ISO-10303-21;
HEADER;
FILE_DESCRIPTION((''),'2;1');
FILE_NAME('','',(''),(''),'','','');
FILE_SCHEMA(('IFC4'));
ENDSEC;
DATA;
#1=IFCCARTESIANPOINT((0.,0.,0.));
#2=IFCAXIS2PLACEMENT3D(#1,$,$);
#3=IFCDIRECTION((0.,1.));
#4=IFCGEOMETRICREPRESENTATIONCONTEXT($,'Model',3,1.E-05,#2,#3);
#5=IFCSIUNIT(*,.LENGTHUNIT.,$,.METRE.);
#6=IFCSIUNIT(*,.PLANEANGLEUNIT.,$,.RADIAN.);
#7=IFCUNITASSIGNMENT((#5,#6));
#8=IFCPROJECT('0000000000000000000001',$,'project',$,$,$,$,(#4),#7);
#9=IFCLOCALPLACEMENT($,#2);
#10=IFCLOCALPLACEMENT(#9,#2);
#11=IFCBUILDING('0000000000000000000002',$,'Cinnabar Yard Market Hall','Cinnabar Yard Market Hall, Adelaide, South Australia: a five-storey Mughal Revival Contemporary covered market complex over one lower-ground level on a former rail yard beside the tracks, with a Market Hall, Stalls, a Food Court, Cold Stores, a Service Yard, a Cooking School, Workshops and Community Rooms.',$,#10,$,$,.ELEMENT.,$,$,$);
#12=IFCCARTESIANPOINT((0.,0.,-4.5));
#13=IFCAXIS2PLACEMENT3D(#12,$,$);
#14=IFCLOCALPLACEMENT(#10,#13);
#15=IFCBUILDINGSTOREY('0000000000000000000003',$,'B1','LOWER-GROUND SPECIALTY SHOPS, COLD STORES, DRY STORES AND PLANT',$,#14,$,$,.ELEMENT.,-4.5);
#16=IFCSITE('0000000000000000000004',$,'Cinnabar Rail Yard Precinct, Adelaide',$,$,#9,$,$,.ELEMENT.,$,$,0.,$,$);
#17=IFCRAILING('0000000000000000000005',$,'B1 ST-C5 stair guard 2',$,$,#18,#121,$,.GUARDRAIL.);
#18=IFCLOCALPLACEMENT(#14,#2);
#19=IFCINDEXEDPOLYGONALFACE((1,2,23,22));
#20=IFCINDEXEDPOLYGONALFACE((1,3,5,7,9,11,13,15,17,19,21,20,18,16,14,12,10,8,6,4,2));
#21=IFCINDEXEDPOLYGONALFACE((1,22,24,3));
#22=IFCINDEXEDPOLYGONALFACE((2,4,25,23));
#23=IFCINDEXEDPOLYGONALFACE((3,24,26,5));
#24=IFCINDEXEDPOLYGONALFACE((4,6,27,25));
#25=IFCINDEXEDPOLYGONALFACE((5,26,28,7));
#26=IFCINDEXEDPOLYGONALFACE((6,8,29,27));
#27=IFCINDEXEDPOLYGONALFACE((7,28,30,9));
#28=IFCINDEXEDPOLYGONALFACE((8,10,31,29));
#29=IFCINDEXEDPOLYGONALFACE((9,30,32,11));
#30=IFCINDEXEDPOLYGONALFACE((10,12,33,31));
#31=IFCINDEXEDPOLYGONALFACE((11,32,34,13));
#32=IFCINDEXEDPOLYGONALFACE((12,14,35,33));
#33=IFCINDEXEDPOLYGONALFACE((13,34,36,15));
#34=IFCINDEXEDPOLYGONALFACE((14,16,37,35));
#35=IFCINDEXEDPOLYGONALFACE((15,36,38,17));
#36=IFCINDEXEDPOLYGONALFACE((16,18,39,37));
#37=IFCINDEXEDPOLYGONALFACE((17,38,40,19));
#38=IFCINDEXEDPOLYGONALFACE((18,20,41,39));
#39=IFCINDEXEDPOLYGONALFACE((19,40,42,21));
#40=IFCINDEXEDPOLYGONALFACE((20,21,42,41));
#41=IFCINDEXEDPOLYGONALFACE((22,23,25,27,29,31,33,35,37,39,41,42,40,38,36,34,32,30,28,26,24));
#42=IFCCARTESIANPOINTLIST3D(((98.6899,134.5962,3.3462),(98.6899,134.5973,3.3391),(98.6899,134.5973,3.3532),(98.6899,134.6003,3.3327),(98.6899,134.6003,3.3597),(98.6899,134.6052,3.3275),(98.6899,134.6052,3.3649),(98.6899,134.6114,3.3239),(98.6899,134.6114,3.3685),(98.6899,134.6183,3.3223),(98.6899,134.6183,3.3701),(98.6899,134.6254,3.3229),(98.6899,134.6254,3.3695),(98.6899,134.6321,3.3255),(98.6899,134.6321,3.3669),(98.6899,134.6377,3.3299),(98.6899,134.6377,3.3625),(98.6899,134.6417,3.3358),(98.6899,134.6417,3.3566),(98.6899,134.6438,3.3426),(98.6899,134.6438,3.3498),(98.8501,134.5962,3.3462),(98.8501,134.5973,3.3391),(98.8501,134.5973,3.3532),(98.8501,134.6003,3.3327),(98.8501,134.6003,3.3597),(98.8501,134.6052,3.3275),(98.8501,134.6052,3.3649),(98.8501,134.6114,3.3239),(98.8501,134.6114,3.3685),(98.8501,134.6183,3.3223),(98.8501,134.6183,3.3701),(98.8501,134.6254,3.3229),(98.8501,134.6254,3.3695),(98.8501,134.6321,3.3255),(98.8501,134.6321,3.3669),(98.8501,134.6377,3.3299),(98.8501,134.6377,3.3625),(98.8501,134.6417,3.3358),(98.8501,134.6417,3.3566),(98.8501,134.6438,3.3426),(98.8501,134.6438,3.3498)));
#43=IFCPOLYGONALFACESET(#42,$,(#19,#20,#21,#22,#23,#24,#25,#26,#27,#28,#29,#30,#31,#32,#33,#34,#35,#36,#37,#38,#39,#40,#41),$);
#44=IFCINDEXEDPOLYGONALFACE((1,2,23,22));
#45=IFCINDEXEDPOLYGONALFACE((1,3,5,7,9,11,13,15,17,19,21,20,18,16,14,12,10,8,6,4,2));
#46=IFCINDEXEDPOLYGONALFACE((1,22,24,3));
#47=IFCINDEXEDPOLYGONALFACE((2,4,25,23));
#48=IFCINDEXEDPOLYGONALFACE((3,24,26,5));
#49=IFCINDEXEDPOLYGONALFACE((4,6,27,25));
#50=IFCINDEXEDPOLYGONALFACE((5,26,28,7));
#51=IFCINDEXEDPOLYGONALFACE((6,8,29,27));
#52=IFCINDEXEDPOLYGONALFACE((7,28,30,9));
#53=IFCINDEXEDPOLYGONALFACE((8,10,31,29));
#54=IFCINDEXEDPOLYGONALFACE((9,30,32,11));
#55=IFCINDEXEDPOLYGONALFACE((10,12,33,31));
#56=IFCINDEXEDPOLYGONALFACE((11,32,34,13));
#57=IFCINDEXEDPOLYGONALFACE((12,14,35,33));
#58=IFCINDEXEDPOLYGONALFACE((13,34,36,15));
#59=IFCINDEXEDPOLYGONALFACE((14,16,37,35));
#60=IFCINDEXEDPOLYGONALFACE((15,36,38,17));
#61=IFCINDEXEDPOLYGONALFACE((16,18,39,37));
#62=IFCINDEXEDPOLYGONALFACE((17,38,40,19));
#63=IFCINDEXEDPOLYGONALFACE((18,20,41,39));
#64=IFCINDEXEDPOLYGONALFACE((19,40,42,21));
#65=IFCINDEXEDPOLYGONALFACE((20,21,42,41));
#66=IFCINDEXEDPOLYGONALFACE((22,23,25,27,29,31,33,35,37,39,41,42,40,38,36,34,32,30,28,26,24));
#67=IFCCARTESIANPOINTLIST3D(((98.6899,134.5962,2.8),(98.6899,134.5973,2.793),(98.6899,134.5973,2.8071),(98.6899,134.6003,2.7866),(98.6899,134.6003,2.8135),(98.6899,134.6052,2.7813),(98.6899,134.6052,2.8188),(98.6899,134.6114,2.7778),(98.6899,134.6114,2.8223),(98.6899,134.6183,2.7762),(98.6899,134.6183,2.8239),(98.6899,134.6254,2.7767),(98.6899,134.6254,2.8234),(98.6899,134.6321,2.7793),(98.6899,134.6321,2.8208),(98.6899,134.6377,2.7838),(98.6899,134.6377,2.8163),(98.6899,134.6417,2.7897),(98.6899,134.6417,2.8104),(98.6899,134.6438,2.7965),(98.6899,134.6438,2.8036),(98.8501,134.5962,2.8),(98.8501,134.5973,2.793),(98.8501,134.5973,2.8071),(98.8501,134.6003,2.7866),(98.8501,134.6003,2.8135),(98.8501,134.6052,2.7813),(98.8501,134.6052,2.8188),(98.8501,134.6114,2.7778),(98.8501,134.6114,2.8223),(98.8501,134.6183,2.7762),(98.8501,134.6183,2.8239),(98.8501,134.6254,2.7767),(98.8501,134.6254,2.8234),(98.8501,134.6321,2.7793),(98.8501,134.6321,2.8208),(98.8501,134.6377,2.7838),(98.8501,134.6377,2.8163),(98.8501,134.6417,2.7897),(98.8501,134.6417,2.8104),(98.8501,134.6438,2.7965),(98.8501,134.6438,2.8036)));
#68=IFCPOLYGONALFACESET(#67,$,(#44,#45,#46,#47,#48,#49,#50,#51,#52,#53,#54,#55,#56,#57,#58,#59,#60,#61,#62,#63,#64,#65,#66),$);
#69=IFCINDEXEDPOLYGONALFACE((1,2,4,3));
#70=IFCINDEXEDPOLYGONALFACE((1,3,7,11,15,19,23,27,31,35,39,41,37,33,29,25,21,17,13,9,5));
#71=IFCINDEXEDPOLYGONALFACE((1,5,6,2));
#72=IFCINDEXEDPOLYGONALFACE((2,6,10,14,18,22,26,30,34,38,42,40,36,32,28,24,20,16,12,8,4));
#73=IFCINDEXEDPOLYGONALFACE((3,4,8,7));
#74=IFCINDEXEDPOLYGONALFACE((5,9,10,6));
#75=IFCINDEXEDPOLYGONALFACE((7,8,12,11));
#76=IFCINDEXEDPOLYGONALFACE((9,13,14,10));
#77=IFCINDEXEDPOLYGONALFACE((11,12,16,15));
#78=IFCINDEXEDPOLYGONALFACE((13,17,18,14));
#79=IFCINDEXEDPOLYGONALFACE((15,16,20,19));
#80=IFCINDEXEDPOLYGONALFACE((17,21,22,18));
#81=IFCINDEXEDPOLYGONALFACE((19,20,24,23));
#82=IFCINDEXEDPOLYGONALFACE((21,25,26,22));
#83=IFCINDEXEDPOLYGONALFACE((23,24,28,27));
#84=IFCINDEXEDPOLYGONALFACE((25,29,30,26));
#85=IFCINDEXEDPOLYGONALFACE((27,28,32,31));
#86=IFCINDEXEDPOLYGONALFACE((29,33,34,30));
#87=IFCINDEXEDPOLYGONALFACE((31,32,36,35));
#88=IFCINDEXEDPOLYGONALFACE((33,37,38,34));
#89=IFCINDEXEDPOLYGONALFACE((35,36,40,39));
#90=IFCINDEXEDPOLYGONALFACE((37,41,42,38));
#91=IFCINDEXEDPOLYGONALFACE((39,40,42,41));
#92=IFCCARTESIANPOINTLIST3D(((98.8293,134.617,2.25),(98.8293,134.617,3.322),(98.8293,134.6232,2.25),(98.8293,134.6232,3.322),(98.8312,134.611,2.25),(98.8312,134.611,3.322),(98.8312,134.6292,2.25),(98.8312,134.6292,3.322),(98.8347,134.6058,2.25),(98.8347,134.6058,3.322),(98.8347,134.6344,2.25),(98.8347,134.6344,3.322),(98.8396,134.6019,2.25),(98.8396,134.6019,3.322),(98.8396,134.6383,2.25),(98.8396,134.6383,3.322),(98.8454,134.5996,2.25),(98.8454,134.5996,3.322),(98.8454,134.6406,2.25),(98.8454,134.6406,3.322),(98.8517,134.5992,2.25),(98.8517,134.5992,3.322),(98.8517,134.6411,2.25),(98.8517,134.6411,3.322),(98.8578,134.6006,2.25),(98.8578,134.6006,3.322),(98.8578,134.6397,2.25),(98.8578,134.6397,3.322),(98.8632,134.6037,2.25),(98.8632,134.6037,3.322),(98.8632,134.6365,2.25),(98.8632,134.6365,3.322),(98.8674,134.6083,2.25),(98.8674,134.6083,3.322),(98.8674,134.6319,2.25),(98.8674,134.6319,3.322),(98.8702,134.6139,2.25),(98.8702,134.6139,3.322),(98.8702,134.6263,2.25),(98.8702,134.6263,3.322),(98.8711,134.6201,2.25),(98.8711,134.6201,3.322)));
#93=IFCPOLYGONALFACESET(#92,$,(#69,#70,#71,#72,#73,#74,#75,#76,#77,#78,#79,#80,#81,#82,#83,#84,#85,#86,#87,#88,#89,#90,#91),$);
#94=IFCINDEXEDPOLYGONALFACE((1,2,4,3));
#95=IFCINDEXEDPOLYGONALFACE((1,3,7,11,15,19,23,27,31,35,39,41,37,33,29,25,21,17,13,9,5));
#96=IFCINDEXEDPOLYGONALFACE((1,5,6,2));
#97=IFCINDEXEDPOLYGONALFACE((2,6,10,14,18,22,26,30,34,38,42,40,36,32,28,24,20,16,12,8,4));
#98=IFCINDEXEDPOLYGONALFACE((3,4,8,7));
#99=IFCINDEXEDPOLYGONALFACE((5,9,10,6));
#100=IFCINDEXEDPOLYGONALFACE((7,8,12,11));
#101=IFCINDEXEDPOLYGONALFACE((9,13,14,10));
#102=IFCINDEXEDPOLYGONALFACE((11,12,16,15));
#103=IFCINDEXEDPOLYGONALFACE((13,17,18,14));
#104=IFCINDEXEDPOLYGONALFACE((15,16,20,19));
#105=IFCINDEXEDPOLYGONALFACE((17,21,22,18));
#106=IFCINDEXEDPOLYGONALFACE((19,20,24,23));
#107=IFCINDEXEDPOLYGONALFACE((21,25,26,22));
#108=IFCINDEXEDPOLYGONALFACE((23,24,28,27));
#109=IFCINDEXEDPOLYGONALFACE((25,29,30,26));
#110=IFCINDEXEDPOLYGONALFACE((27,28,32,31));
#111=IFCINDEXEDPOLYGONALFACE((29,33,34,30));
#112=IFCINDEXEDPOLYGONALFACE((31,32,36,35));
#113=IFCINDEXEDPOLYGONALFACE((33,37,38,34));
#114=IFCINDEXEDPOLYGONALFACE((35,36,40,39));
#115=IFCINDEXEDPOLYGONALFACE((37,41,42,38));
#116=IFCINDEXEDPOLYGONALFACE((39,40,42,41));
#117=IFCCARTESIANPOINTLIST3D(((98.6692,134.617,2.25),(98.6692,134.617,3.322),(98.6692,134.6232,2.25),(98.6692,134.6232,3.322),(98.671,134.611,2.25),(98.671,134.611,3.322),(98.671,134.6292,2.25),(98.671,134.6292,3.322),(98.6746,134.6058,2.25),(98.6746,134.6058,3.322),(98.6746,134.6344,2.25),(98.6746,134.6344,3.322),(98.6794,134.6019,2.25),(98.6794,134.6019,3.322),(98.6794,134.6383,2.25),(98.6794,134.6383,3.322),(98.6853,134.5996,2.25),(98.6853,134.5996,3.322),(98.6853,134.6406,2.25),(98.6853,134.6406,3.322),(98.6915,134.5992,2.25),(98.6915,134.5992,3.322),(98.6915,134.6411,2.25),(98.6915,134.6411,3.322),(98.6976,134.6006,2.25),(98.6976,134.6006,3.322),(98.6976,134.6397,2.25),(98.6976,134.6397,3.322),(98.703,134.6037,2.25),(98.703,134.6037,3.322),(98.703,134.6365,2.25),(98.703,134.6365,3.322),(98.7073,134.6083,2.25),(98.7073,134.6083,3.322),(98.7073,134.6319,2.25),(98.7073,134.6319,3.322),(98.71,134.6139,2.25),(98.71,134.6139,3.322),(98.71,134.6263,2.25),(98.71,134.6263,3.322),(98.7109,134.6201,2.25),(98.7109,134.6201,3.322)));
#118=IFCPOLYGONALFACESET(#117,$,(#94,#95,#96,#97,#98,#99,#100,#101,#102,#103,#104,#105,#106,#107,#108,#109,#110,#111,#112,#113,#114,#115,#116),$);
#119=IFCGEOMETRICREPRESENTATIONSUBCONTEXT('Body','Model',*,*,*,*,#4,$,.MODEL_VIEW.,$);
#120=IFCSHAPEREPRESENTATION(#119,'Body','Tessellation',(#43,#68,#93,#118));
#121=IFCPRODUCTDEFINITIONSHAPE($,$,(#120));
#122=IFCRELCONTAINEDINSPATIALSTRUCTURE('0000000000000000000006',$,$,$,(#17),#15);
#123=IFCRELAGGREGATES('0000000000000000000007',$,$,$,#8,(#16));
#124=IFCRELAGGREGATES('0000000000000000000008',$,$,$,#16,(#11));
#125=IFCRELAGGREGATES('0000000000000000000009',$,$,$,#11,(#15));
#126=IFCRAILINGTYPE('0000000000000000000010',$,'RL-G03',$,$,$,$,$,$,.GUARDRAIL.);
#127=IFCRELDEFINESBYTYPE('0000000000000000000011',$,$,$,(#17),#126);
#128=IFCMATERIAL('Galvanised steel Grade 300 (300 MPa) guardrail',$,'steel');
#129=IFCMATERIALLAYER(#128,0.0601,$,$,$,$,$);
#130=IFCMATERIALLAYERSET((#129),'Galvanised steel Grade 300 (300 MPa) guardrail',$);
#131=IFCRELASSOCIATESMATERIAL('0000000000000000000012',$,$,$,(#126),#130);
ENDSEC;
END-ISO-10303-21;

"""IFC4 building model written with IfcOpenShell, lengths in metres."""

from ifc_helpers import new_model, si_unit, direction, frame, origin, origin_2d_with_axis, place, context, subcontext, project, spatial, circle, extrude, material, layer, layer_set, type_object, element, save


model = new_model("IFC4")

# Units and contexts
model_context = context("Model", 3, precision=1e-05, world=origin(), true_north=direction((0.0, 1.0)))
body_context = subcontext(model_context, "Body", "Model", "MODEL_VIEW")
ifc_project = project(units=[si_unit("LENGTHUNIT", "METRE"), si_unit("PLANEANGLEUNIT", "RADIAN")], contexts=[model_context])

# Site, building, storey
site_placement = place(None, origin())
site = spatial("IfcSite", under=ifc_project, at=site_placement, Name="Cinnabar Rail Yard Precinct, Adelaide", CompositionType="ELEMENT", RefElevation=0.0)
building_placement = place(site_placement, origin())
building = spatial("IfcBuilding", under=site, at=building_placement, Name="Cinnabar Yard Market Hall", Description="Cinnabar Yard Market Hall, Adelaide, South Australia: a five-storey Mughal Revival Contemporary covered market complex over one lower-ground level on a former rail yard beside the tracks, with a Market Hall, Stalls, a Food Court, Cold Stores, a Service Yard, a Cooking School, Workshops and Community Rooms.", CompositionType="ELEMENT")
storey_placement = place(building_placement, frame((0.0, 0.0, -4.5)))
storey = spatial("IfcBuildingStorey", under=building, at=storey_placement, Name="B1", Description="LOWER-GROUND SPECIALTY SHOPS, COLD STORES, DRY STORES AND PLANT", CompositionType="ELEMENT", Elevation=-4.5)

# Railing
ifc_material_1 = material(Name="Galvanised steel Grade 300 (300 MPa) guardrail", Category="steel")
ifc_layer_1 = layer(ifc_material_1, 0.0601)
ifc_layer_set_1 = layer_set([ifc_layer_1], Name="Galvanised steel Grade 300 (300 MPa) guardrail")
railing_type_1 = type_object("IfcRailingType", Name="RL-G03", PredefinedType="GUARDRAIL", material=ifc_layer_set_1)
railing_1_placement = place(storey_placement, frame((98.8501, 134.6201, 2.25)))
element("IfcRailing", 1, at=railing_1_placement, inside=storey, type_object=railing_type_1, Name="B1 ST-C5 stair guard 2", PredefinedType="GUARDRAIL", context=body_context, shape_type="SweptSolid", body=[
    extrude(circle(Radius=0.0239, at=origin_2d_with_axis()), frame((0.0, 0.0, 1.0962), z_axis=(-1.0, 0.0, 0.0), x_axis=(0.0, -1.0, 0.0)), (0.0, 0.0, 1.0), 0.1602),
    extrude(circle(Radius=0.0239, at=origin_2d_with_axis()), frame((0.0, 0.0, 0.55), z_axis=(-1.0, 0.0, 0.0), x_axis=(0.0, -1.0, 0.0)), (0.0, 0.0, 1.0), 0.1602),
    extrude(circle(Radius=0.021, at=origin_2d_with_axis()), origin(), (0.0, 0.0, 1.0), 1.072),
    extrude(circle(Radius=0.021, at=origin_2d_with_axis()), frame((-0.1602, 0.0, 0.0)), (0.0, 0.0, 1.0), 1.072),
])

save(model, "model.ifc")
